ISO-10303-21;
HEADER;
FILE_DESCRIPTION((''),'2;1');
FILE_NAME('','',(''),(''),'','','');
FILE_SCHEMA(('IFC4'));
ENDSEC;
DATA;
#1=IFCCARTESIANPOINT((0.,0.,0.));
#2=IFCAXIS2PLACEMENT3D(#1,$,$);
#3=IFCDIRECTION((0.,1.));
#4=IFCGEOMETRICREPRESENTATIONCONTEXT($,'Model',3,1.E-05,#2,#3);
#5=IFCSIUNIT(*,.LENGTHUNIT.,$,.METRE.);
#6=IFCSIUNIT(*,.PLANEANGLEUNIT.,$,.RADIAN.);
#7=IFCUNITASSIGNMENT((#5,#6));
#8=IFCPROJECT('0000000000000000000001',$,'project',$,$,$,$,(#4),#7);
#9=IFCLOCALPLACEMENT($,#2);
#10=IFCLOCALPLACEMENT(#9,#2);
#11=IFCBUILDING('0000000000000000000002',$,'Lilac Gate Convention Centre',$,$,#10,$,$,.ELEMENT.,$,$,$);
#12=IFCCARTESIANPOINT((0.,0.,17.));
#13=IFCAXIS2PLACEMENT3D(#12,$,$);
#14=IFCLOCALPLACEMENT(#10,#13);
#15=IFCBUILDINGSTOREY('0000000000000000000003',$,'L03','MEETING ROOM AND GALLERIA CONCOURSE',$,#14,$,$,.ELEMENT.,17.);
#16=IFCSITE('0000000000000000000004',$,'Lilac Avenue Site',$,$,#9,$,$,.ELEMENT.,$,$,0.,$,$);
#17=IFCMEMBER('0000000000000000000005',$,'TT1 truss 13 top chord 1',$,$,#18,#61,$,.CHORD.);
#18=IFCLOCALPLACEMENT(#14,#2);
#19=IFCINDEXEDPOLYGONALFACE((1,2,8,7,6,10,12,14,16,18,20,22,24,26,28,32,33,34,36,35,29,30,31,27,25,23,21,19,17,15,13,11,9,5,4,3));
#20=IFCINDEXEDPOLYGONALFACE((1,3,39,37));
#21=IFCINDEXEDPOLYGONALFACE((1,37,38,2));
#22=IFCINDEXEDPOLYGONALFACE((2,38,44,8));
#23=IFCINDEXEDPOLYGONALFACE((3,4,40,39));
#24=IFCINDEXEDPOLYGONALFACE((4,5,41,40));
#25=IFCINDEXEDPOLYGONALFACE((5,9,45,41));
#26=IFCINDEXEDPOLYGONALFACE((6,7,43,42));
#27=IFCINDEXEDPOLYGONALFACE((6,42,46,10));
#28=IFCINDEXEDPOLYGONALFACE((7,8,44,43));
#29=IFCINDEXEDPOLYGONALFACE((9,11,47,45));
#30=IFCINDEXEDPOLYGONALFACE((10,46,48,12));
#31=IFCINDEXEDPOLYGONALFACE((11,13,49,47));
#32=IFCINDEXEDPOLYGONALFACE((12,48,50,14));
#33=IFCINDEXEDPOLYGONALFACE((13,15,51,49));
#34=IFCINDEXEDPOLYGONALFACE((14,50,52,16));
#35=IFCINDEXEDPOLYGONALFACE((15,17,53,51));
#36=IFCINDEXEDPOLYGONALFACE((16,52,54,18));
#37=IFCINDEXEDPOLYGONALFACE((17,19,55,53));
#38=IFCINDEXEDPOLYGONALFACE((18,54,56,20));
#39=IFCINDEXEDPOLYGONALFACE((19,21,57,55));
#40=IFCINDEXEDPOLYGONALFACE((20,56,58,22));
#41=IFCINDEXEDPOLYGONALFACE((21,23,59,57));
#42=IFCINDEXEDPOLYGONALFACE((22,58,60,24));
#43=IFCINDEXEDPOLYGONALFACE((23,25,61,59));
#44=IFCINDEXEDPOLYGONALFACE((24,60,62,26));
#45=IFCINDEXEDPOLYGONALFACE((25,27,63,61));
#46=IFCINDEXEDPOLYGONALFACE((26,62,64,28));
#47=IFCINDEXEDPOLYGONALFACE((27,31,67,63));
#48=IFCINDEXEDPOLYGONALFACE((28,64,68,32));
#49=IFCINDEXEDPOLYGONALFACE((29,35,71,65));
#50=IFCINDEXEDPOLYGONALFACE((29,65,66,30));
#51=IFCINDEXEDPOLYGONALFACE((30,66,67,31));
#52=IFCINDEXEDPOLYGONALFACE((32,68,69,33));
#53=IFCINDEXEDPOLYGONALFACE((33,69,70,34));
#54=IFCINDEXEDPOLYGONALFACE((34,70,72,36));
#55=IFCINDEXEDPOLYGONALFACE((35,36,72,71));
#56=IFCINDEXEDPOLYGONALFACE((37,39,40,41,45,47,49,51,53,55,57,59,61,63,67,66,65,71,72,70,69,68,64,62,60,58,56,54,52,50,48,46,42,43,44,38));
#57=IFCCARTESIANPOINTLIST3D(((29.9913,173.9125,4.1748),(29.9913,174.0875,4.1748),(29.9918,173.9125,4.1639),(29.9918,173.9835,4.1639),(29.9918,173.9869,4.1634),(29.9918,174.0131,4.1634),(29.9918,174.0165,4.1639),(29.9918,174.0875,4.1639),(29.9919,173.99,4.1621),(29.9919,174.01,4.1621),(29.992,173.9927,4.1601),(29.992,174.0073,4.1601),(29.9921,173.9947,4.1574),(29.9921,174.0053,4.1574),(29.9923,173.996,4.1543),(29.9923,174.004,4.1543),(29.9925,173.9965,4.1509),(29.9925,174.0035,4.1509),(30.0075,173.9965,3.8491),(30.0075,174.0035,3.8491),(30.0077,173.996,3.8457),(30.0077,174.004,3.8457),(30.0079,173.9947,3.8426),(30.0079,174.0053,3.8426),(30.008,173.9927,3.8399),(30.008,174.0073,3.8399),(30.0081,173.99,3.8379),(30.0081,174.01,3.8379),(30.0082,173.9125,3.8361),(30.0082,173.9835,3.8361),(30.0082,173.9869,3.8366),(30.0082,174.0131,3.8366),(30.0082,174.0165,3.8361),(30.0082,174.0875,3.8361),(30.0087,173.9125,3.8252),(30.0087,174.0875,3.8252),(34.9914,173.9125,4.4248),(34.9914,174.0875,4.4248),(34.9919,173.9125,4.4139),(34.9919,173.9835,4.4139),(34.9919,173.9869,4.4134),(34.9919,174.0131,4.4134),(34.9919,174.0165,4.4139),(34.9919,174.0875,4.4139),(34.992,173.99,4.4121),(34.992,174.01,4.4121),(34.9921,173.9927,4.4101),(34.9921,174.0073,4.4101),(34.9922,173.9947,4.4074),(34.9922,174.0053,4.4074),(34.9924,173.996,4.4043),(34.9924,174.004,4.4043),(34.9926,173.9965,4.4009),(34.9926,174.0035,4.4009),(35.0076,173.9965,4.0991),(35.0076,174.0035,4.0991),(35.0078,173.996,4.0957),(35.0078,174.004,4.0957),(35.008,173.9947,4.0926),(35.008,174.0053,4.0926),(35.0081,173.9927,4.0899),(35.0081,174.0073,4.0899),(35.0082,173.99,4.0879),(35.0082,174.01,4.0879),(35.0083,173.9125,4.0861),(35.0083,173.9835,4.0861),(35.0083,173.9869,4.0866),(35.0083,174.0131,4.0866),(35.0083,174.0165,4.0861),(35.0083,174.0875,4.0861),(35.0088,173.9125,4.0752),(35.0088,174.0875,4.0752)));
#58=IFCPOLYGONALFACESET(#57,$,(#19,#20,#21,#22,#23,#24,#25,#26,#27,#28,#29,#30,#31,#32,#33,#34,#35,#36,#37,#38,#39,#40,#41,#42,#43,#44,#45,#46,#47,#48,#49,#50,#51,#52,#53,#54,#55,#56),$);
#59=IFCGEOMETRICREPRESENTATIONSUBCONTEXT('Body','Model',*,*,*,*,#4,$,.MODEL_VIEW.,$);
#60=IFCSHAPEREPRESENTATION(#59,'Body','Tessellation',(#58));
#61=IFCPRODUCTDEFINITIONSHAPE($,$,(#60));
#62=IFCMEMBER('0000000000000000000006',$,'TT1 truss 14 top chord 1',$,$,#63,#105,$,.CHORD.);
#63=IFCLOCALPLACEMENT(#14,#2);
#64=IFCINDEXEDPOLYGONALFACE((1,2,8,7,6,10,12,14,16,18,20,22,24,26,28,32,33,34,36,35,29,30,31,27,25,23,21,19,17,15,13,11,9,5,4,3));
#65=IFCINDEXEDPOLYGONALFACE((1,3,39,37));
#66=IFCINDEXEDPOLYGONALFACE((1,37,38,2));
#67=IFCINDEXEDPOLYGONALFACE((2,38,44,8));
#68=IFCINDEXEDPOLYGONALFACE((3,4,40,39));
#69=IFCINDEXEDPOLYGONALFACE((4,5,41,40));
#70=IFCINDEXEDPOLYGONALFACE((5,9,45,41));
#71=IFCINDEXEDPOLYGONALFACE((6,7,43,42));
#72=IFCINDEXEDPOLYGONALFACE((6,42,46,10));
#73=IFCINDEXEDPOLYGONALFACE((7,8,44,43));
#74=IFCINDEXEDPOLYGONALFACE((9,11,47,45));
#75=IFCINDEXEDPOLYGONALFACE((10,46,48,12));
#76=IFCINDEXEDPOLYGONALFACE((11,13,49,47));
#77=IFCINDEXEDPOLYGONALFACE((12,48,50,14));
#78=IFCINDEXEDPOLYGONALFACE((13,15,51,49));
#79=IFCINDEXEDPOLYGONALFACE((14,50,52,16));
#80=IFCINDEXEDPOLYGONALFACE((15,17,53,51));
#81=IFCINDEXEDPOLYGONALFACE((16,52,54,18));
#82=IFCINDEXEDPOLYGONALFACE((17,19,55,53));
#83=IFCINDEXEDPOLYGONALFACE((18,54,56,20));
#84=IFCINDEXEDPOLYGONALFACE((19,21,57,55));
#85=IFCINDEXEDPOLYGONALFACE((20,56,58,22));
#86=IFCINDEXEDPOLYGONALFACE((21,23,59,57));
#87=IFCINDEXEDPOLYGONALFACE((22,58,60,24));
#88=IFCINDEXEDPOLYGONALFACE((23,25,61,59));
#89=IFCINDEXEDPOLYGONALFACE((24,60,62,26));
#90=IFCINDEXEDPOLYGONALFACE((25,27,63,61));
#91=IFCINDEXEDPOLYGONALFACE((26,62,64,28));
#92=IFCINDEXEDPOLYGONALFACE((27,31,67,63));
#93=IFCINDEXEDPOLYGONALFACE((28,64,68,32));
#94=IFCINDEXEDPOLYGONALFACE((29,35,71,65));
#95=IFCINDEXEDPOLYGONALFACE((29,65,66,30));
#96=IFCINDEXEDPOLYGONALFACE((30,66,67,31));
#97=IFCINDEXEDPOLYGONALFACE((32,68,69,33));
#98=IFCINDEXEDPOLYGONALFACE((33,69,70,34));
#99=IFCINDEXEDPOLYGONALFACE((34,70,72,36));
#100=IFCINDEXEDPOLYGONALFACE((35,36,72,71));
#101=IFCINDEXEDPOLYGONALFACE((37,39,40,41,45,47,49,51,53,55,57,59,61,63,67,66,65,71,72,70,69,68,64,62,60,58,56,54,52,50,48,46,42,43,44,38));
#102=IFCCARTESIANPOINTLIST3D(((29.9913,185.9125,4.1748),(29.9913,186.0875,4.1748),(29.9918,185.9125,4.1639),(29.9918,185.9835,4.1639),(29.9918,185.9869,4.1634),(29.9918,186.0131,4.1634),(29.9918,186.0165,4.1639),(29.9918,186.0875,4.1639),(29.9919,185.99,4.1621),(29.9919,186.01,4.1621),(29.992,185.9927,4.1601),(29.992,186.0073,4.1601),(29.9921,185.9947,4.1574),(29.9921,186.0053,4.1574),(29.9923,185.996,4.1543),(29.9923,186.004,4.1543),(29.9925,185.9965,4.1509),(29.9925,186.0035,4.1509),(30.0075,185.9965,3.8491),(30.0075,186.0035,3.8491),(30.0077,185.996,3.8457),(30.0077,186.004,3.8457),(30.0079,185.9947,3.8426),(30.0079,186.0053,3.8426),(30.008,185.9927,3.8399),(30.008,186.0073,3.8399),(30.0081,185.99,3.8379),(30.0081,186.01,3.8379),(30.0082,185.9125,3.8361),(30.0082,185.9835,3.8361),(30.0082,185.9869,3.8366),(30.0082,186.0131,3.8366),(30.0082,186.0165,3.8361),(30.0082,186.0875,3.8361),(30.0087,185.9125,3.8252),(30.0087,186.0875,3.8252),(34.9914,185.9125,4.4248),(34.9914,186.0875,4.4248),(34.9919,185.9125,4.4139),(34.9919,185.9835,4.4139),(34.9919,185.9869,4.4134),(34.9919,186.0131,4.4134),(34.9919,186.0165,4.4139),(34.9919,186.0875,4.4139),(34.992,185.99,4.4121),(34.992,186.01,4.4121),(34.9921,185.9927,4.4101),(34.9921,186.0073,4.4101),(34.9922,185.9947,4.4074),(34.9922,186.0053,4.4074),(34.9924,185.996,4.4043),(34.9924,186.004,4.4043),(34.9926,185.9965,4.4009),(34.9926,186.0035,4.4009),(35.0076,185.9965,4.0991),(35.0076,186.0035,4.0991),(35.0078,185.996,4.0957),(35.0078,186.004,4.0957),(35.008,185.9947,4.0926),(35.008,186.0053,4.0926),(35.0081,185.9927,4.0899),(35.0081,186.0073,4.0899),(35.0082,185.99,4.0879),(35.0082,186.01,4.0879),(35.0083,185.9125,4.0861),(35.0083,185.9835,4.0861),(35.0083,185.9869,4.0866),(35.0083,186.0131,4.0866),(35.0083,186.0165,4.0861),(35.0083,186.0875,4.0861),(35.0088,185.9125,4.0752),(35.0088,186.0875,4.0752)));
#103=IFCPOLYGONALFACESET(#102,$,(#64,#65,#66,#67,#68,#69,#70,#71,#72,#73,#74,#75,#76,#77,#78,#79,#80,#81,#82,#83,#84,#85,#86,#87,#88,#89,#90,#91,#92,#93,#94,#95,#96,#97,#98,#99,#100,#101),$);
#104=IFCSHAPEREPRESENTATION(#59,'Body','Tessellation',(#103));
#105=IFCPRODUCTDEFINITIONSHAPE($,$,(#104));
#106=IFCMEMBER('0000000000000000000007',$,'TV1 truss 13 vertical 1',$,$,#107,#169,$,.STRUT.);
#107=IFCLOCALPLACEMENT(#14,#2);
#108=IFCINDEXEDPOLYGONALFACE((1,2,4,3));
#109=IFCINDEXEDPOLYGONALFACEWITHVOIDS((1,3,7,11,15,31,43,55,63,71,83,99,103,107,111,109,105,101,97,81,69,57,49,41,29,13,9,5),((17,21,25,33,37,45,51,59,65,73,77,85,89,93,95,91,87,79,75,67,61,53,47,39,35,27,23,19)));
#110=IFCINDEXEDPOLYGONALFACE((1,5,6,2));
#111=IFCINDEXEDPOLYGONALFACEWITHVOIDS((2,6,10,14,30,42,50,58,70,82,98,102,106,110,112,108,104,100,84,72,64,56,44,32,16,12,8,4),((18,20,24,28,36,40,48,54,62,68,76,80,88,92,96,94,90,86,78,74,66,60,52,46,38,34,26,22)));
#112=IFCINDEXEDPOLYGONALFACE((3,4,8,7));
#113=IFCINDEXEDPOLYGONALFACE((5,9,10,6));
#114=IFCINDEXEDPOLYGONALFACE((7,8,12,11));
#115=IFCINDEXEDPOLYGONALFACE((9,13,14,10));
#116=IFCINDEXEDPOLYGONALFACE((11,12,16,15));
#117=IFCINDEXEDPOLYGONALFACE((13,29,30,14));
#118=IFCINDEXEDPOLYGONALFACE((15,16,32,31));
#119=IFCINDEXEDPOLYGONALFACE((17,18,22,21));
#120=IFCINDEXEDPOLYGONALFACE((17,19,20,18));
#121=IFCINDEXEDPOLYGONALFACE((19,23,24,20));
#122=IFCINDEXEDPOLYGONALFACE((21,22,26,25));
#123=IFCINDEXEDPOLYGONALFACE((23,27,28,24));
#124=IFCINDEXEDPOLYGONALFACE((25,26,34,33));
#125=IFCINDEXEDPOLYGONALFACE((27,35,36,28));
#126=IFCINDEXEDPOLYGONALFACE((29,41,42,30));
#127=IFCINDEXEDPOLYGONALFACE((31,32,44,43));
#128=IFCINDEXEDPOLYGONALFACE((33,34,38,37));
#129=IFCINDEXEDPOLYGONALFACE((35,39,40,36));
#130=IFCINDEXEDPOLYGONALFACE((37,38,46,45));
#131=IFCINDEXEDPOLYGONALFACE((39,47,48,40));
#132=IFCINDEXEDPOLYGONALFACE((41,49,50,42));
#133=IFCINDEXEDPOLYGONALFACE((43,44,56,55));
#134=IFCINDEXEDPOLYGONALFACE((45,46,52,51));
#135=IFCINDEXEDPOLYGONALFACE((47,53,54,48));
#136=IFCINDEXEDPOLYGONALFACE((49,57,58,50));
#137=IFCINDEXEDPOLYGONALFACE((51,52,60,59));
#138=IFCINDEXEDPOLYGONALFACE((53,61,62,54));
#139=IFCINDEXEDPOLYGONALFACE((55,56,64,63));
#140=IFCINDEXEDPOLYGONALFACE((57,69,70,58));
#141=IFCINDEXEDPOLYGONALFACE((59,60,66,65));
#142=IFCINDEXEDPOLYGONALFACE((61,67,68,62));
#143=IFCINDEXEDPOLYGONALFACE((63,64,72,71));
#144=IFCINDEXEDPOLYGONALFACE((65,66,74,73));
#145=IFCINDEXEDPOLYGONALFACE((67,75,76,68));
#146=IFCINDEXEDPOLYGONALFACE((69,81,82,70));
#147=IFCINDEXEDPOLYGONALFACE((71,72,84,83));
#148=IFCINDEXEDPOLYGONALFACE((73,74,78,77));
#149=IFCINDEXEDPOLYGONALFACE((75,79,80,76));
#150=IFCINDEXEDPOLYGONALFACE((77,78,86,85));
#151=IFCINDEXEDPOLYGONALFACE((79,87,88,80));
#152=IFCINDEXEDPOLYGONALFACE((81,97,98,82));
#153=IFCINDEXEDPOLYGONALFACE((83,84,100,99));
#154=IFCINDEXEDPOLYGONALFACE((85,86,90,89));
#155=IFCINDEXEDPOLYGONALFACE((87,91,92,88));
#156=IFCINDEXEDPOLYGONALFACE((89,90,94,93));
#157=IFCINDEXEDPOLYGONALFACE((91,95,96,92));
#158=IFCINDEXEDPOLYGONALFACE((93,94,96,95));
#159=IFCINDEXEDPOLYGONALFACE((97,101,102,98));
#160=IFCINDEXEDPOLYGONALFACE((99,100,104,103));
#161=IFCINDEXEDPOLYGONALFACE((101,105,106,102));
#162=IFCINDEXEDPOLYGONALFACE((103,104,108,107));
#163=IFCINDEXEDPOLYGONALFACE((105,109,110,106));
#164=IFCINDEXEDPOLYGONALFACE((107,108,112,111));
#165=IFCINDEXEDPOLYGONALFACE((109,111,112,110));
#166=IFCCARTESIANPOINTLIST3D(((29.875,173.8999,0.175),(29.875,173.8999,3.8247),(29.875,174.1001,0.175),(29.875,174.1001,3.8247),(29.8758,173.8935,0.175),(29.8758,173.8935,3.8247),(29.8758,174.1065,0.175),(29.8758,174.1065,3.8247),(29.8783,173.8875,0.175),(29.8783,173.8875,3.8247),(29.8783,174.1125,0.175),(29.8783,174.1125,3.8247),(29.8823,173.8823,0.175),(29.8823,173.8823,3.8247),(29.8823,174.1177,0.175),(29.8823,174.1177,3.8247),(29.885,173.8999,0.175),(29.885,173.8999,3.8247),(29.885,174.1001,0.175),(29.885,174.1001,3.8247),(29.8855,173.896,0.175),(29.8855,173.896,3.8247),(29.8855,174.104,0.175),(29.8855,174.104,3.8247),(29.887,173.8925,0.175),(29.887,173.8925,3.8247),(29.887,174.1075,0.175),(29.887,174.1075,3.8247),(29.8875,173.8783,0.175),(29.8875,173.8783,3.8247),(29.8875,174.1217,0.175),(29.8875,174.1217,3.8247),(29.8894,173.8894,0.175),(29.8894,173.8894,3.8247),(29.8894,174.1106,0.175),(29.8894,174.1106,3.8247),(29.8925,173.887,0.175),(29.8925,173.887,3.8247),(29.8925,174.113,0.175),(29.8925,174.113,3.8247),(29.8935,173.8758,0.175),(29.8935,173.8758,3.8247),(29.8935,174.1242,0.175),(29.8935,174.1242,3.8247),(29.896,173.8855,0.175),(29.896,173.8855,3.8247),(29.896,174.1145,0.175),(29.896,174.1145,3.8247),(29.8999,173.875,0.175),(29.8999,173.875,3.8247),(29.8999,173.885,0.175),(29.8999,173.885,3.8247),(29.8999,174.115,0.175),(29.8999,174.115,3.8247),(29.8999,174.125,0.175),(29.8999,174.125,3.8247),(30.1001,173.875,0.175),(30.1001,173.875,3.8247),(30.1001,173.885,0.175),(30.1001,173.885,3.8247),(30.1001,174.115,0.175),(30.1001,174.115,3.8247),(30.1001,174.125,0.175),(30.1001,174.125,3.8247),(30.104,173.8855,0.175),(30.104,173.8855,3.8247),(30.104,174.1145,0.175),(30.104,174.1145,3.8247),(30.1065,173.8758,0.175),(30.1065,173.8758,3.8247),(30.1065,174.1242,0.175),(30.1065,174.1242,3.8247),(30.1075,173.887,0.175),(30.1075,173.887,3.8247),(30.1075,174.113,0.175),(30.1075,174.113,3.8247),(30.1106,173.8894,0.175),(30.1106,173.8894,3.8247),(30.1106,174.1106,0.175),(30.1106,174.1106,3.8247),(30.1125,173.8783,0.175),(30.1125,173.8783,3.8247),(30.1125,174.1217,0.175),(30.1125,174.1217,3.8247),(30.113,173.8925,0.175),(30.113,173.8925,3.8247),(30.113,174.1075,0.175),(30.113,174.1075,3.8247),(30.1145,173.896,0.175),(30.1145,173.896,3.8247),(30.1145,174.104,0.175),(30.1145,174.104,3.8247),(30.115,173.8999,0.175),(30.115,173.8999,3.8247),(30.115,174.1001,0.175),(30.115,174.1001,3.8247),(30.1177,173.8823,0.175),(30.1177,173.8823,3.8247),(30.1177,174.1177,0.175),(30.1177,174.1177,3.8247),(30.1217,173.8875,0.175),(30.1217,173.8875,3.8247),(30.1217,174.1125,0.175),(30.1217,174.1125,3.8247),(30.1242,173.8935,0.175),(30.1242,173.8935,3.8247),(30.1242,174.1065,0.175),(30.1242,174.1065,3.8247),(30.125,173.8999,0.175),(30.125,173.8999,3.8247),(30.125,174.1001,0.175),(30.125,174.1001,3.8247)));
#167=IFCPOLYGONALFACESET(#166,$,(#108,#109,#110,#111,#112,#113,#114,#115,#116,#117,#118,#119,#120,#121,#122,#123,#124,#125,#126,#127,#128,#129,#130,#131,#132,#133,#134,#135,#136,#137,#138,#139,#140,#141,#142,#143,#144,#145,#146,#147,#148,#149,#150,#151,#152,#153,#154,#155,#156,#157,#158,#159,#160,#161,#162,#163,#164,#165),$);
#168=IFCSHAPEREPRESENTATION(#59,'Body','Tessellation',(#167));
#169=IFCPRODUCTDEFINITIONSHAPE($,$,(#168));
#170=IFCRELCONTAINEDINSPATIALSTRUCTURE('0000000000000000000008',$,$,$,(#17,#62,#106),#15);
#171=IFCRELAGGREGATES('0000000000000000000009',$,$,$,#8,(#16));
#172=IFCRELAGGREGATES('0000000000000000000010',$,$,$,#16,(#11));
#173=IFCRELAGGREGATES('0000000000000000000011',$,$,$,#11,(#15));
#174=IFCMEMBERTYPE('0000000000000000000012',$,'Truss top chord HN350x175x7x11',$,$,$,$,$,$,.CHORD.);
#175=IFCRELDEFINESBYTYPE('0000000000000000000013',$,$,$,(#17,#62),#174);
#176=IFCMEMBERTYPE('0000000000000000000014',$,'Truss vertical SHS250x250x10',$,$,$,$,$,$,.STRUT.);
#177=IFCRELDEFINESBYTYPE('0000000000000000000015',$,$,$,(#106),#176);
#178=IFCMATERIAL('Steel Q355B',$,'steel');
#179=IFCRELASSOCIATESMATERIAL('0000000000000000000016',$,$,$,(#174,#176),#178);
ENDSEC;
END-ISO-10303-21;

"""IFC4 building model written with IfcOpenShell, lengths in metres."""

from ifc_helpers import new_model, si_unit, direction, frame, origin, origin_2d, place, context, subcontext, project, spatial, hollow_rectangle, i_section, extrude, material, material_profile, profile_set, type_object, element, save


model = new_model("IFC4")

# Units and contexts
model_context = context("Model", 3, precision=1e-05, world=origin(), true_north=direction((0.0, 1.0)))
body_context = subcontext(model_context, "Body", "Model", "MODEL_VIEW")
ifc_project = project(units=[si_unit("LENGTHUNIT", "METRE"), si_unit("PLANEANGLEUNIT", "RADIAN")], contexts=[model_context])

# Site, building, storey
site_placement = place(None, origin())
site = spatial("IfcSite", under=ifc_project, at=site_placement, Name="Lilac Avenue Site", CompositionType="ELEMENT", RefElevation=0.0)
building_placement = place(site_placement, origin())
building = spatial("IfcBuilding", under=site, at=building_placement, Name="Lilac Gate Convention Centre", CompositionType="ELEMENT")
storey_placement = place(building_placement, frame((0.0, 0.0, 17.0)))
storey = spatial("IfcBuildingStorey", under=building, at=storey_placement, Name="L03", Description="MEETING ROOM AND GALLERIA CONCOURSE", CompositionType="ELEMENT", Elevation=17.0)

# Shared definitions
ifc_material_1 = material(Name="Steel Q355B", Category="steel")

# Members
ifc_material_profile_1 = material_profile(ifc_material_1, i_section(OverallWidth=0.175, OverallDepth=0.3501, WebThickness=0.0071, FlangeThickness=0.011, FilletRadius=0.0129, at=origin_2d()), Name="HN350x175x7x11")
ifc_profile_set_1 = profile_set([ifc_material_profile_1], Name="Steel Q355B")
member_type_1 = type_object("IfcMemberType", Name="Truss top chord HN350x175x7x11", PredefinedType="CHORD", material=ifc_profile_set_1)
for number, where, z_axis, x_axis, name in (
    (1, (30.0, 174.0, 4.0), (0.998752, 0.0, 0.049938), (0.0, 1.0, 0.0), "TT1 truss 13 top chord 1"),
    (2, (30.0, 186.0, 4.0), (0.998752, 0.0, 0.049938), (0.0, 1.0, 0.0), "TT1 truss 14 top chord 1"),
):
    element("IfcMember", number, at=place(storey_placement, frame(where, z_axis=z_axis, x_axis=x_axis)), inside=storey, type_object=member_type_1, Name=name, PredefinedType="CHORD", context=body_context, shape_type="SweptSolid", body=[
        extrude(i_section(OverallWidth=0.175, OverallDepth=0.3501, WebThickness=0.0071, FlangeThickness=0.011, FilletRadius=0.0129, at=origin_2d()), origin(), (0.0, 0.0, 1.0), 5.0063),
    ])
ifc_material_profile_2 = material_profile(ifc_material_1, hollow_rectangle(XDim=0.25, YDim=0.25, WallThickness=0.01, InnerFilletRadius=0.0149, OuterFilletRadius=0.0249, at=origin_2d()), Name="SHS250x250x10")
ifc_profile_set_2 = profile_set([ifc_material_profile_2], Name="Steel Q355B")
member_type_2 = type_object("IfcMemberType", Name="Truss vertical SHS250x250x10", PredefinedType="STRUT", material=ifc_profile_set_2)
for number, where, z_axis, x_axis, name in (
    (3, (30.0, 174.0, 0.175), (0.0, 0.0, 1.0), (1.0, 0.0, 0.0), "TV1 truss 13 vertical 1"),
):
    element("IfcMember", number, at=place(storey_placement, frame(where, z_axis=z_axis, x_axis=x_axis)), inside=storey, type_object=member_type_2, Name=name, PredefinedType="STRUT", context=body_context, shape_type="SweptSolid", body=[
        extrude(hollow_rectangle(XDim=0.25, YDim=0.25, WallThickness=0.01, InnerFilletRadius=0.0149, OuterFilletRadius=0.0249, at=origin_2d()), origin(), (0.0, 0.0, 1.0), 3.6497),
    ])

save(model, "model.ifc")
